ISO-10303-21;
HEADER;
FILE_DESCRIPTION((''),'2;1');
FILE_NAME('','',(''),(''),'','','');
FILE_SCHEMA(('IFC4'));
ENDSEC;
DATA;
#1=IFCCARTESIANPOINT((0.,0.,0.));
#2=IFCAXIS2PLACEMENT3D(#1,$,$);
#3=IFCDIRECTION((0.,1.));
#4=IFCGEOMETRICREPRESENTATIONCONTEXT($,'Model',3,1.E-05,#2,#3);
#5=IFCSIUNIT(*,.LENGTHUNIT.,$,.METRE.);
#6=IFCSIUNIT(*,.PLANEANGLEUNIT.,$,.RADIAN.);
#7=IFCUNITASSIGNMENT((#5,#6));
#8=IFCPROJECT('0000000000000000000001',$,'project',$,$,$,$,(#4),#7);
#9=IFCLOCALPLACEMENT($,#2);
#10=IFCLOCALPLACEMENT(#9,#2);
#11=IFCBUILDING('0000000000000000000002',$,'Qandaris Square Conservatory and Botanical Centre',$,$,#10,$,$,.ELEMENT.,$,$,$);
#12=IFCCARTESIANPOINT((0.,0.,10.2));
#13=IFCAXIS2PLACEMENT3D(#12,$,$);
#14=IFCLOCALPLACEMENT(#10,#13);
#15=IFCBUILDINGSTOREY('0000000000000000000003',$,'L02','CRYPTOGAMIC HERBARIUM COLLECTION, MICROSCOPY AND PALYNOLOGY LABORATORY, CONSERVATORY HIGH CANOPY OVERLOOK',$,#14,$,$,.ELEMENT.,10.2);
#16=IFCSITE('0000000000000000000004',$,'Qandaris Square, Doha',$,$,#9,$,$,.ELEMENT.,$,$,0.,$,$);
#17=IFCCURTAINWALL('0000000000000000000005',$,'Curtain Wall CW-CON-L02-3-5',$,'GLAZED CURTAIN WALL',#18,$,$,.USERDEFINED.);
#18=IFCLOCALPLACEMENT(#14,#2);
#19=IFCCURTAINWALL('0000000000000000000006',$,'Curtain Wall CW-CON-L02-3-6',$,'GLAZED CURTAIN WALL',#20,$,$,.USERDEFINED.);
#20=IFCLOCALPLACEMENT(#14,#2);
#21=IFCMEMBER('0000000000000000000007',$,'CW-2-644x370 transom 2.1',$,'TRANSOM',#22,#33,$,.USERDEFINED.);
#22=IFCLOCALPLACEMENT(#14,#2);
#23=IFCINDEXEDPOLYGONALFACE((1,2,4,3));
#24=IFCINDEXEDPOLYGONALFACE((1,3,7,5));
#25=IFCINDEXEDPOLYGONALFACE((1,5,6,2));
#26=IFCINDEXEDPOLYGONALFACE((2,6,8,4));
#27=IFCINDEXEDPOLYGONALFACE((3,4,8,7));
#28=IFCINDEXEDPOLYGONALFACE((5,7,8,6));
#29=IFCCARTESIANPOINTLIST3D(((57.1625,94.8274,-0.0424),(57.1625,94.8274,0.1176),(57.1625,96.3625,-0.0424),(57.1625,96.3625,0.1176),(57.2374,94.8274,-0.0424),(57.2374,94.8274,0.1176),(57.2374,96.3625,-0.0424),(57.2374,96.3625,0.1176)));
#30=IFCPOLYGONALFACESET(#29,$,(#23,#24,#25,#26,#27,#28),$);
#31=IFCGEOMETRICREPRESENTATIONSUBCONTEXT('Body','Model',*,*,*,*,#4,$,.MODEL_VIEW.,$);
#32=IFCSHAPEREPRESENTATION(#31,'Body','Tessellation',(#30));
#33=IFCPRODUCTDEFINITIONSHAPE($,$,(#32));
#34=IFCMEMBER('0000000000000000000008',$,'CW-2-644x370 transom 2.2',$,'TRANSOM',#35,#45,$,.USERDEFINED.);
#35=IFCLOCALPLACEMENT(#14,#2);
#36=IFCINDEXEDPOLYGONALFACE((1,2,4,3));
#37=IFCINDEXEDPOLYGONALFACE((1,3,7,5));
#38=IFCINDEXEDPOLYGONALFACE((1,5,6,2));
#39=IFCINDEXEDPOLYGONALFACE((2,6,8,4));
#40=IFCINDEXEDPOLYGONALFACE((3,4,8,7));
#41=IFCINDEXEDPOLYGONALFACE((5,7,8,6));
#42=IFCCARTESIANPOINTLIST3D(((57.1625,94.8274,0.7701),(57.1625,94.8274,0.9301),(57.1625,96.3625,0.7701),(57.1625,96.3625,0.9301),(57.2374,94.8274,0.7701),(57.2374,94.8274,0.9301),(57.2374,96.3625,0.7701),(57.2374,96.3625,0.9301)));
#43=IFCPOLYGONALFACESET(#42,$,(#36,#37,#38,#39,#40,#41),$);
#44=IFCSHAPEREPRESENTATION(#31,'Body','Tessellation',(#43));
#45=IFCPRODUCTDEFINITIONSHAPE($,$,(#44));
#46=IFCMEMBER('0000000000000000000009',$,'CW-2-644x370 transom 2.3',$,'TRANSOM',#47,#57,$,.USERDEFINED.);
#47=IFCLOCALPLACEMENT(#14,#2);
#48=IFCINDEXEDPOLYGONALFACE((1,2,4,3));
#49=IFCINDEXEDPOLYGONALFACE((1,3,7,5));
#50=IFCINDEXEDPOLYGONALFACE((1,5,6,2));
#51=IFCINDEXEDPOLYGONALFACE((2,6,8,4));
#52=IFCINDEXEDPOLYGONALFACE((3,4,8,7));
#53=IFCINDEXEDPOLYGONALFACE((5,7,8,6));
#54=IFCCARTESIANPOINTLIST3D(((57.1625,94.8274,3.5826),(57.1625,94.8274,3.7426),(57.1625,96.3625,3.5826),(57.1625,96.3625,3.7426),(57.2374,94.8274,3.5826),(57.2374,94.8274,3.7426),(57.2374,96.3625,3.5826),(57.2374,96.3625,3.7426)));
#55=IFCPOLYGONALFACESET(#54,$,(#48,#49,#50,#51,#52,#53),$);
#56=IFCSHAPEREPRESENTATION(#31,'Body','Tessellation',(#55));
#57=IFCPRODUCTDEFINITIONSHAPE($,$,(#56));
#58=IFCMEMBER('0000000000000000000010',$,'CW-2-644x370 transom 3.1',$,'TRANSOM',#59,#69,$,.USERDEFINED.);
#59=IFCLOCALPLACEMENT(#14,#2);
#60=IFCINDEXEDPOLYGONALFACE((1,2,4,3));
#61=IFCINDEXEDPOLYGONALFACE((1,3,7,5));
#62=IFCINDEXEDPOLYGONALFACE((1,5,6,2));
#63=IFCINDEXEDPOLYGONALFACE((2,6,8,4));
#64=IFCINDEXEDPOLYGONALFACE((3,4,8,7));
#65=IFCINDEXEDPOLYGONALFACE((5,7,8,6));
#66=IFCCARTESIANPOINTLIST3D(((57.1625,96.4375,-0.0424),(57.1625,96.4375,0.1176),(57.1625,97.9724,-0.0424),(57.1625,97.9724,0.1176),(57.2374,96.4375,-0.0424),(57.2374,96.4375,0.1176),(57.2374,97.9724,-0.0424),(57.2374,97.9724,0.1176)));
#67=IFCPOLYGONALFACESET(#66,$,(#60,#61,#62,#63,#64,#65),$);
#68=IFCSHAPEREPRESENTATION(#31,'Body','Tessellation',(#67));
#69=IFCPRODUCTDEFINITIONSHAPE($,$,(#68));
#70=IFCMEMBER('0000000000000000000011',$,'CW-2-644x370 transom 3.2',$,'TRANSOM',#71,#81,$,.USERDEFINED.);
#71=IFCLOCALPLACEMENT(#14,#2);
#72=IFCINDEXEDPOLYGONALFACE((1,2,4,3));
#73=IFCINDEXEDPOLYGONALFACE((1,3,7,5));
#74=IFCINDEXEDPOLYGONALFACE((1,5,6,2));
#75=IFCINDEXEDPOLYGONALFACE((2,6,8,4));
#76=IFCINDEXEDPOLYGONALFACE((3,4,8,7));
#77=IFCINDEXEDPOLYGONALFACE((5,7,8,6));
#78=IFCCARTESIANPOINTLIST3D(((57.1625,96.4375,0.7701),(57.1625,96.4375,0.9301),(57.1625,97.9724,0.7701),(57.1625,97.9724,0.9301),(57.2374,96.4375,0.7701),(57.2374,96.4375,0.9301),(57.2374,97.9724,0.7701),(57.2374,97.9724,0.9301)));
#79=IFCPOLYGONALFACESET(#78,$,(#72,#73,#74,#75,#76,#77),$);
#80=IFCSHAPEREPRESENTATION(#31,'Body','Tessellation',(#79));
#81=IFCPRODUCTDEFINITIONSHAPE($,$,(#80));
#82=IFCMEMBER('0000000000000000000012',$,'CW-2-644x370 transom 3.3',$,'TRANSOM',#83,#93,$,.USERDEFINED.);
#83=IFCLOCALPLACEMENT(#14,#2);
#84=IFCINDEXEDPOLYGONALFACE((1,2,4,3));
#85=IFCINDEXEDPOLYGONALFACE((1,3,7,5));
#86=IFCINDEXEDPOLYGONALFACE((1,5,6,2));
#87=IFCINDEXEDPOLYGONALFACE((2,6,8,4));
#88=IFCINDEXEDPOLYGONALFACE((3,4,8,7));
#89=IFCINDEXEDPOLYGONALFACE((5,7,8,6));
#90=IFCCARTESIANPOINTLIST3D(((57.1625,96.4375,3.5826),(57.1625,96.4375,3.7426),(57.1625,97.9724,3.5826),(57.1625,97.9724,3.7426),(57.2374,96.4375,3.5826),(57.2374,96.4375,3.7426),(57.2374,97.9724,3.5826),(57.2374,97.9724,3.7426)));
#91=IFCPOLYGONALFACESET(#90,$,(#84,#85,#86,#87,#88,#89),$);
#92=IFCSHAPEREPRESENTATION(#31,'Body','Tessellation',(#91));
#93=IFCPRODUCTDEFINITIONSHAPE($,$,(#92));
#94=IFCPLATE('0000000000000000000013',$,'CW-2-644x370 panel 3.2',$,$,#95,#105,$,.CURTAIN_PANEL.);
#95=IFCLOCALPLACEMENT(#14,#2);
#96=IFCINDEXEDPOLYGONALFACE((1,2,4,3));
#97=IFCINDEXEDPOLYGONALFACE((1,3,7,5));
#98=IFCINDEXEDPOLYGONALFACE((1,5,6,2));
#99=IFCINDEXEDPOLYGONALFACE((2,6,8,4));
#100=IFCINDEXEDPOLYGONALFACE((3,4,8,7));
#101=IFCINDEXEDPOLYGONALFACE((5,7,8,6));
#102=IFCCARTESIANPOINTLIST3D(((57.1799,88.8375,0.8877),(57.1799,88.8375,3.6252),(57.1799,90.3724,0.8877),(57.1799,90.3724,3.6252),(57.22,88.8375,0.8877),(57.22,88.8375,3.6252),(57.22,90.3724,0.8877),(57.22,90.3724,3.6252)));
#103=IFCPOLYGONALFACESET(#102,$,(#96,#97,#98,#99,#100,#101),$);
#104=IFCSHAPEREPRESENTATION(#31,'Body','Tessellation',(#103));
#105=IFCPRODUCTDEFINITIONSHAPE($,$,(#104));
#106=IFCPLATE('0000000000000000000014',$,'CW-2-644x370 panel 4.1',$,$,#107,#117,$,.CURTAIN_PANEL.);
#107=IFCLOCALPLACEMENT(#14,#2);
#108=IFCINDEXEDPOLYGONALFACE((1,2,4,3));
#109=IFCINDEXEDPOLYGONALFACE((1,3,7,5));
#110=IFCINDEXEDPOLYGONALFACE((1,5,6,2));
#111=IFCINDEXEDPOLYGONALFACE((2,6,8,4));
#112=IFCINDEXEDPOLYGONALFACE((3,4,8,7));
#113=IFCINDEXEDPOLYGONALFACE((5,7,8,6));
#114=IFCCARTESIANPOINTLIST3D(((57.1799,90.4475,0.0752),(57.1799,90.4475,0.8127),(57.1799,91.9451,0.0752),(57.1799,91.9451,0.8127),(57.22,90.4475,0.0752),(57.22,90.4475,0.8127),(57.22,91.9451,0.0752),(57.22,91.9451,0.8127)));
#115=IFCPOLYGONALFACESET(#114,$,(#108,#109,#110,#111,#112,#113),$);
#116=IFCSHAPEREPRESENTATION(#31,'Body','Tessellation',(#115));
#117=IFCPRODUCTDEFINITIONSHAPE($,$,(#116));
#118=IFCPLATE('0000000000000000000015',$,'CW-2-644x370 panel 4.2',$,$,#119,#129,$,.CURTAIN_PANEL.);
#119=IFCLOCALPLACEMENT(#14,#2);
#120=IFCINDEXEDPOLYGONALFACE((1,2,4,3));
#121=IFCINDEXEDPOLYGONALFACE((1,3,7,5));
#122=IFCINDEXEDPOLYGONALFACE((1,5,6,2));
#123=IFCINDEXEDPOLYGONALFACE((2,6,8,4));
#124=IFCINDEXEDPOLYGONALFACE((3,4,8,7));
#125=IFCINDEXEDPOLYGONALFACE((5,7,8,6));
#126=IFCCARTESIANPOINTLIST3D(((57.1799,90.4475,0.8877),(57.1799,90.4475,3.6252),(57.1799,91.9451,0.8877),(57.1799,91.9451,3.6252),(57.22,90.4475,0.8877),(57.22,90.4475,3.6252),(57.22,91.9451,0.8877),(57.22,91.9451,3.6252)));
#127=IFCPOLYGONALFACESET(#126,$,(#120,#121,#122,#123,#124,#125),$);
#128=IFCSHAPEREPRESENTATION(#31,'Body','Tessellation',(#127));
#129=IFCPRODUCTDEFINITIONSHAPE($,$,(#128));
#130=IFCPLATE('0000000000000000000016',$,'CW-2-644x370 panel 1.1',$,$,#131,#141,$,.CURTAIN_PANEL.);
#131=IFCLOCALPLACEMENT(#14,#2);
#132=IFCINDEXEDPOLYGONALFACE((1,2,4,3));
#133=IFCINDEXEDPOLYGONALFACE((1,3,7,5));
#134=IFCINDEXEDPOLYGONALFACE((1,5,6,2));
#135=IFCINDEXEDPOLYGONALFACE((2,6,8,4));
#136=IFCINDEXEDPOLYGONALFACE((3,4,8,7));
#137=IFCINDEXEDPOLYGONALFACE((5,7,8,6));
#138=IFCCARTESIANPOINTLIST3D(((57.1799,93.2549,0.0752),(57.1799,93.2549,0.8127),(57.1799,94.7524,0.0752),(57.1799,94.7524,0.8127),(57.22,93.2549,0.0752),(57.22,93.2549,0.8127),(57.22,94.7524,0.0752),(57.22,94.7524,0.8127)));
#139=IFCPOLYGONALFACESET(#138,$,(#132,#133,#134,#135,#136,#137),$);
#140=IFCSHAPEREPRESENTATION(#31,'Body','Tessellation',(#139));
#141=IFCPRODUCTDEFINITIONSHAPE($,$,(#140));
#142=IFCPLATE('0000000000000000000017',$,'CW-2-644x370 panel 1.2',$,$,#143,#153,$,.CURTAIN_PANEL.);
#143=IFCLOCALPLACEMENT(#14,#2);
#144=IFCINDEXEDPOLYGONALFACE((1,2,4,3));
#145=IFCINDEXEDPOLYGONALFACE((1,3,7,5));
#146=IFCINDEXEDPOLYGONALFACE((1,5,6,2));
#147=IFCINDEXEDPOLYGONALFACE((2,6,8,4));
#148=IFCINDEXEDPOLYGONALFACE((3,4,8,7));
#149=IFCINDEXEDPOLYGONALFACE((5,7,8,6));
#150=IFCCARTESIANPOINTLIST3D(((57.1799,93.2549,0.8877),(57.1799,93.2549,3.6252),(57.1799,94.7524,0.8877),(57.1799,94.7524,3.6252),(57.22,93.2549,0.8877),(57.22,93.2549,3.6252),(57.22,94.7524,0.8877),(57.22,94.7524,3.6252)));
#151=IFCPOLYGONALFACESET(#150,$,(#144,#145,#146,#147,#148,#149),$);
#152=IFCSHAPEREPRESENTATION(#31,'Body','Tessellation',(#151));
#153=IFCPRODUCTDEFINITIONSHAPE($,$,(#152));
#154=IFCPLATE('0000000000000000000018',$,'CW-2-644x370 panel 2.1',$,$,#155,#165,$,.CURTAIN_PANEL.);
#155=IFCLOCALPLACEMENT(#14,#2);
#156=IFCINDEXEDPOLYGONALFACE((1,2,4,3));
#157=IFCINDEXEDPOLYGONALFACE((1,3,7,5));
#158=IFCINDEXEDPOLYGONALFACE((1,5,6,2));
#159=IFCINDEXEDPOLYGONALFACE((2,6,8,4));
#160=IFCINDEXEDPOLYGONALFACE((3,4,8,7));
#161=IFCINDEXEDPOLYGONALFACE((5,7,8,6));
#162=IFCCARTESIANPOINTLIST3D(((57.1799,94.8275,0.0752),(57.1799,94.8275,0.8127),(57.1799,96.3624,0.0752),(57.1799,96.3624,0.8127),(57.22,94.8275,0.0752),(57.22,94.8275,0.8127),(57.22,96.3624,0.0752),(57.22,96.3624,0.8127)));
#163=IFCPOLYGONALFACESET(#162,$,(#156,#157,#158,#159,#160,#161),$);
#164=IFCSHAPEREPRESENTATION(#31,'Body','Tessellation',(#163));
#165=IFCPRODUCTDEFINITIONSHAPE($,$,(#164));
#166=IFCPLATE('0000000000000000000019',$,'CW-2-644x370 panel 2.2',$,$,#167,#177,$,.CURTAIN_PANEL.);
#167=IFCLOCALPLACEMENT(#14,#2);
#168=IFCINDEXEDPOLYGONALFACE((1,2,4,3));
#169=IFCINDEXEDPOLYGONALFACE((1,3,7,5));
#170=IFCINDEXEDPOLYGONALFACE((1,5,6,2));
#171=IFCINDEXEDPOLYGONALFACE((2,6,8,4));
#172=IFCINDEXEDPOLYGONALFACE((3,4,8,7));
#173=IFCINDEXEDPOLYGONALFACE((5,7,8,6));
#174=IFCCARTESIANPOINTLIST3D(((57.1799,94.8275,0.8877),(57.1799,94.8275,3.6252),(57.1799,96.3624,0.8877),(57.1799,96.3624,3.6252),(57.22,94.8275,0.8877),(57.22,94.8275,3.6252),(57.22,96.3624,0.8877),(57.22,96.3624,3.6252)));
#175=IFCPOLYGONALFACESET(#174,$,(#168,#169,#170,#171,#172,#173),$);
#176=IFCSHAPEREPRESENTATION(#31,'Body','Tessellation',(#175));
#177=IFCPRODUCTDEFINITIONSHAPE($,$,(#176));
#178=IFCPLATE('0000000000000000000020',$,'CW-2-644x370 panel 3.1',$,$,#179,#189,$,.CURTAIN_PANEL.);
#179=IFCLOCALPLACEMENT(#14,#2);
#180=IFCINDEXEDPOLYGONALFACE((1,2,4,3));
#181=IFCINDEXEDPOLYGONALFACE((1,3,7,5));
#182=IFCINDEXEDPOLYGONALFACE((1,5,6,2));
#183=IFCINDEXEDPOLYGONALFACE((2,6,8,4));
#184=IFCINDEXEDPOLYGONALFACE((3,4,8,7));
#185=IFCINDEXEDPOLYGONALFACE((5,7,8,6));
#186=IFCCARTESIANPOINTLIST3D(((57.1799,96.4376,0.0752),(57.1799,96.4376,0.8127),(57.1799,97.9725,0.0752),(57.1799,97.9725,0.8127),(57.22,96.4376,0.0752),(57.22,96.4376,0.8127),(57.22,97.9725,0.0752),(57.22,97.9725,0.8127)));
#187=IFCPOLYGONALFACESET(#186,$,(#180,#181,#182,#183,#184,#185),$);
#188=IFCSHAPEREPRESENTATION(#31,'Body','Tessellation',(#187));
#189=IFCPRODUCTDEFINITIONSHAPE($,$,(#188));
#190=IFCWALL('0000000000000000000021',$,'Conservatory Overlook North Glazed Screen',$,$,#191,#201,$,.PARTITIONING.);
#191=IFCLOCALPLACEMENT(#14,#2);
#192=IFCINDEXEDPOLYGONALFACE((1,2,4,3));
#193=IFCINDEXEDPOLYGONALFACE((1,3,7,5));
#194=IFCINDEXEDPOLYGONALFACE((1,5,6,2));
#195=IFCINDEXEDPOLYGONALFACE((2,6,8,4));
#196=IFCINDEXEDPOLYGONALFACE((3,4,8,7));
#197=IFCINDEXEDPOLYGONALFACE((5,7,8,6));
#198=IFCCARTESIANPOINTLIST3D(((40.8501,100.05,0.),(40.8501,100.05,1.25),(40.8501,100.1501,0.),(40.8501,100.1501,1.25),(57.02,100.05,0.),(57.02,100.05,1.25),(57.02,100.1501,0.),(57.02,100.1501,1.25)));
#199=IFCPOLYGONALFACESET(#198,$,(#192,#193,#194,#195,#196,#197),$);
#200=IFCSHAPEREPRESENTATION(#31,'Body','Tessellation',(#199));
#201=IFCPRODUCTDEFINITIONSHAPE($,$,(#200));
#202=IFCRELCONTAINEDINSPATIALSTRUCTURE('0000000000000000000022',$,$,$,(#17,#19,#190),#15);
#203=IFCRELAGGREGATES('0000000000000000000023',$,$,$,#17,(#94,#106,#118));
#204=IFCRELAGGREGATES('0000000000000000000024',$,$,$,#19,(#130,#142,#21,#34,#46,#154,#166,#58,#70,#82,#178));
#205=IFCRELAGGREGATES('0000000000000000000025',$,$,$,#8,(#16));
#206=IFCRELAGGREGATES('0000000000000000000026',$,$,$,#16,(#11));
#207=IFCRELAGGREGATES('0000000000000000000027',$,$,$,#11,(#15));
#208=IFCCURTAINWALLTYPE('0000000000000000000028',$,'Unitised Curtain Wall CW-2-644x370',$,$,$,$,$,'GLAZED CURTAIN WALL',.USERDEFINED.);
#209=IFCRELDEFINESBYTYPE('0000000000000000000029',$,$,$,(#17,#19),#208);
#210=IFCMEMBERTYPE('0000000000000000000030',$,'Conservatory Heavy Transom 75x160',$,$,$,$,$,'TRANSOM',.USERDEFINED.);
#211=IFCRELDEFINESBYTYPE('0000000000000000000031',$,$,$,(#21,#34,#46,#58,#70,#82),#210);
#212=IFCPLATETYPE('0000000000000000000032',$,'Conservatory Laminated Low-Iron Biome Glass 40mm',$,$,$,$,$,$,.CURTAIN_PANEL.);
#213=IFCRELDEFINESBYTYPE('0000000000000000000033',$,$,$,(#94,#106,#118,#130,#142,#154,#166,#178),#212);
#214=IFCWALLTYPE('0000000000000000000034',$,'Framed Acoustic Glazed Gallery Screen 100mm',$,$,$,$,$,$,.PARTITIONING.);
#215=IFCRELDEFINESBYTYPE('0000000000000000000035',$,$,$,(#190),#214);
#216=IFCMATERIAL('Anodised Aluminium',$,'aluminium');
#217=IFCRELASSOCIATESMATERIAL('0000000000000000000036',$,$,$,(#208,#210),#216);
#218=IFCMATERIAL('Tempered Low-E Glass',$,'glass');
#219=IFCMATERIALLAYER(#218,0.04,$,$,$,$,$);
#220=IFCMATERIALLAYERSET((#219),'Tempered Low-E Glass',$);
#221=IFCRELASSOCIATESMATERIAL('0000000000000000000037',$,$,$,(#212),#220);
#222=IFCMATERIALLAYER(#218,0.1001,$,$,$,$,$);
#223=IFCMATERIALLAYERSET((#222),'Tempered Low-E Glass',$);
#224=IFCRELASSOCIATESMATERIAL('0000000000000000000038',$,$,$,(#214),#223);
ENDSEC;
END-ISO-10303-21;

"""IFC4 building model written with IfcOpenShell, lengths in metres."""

from ifc_helpers import new_model, si_unit, direction, frame, frame_2d, origin, origin_2d, place, context, subcontext, project, spatial, rectangle, extrude, material, layer, layer_set, material_profile, profile_set, type_object, element, aggregate, save


model = new_model("IFC4")

# Units and contexts
model_context = context("Model", 3, precision=1e-05, world=origin(), true_north=direction((0.0, 1.0)))
body_context = subcontext(model_context, "Body", "Model", "MODEL_VIEW")
ifc_project = project(units=[si_unit("LENGTHUNIT", "METRE"), si_unit("PLANEANGLEUNIT", "RADIAN")], contexts=[model_context])

# Site, building, storey
site_placement = place(None, origin())
site = spatial("IfcSite", under=ifc_project, at=site_placement, Name="Qandaris Square, Doha", CompositionType="ELEMENT", RefElevation=0.0)
building_placement = place(site_placement, origin())
building = spatial("IfcBuilding", under=site, at=building_placement, Name="Qandaris Square Conservatory and Botanical Centre", CompositionType="ELEMENT")
storey_placement = place(building_placement, frame((0.0, 0.0, 10.2)))
storey = spatial("IfcBuildingStorey", under=building, at=storey_placement, Name="L02", Description="CRYPTOGAMIC HERBARIUM COLLECTION, MICROSCOPY AND PALYNOLOGY LABORATORY, CONSERVATORY HIGH CANOPY OVERLOOK", CompositionType="ELEMENT", Elevation=10.2)

# Curtain walls
ifc_material_1 = material(Name="Anodised Aluminium", Category="aluminium")
curtain_wall_type = type_object("IfcCurtainWallType", Name="Unitised Curtain Wall CW-2-644x370", ElementType="GLAZED CURTAIN WALL", PredefinedType="USERDEFINED", material=ifc_material_1)
curtain_wall_1_placement = place(storey_placement, origin())
curtain_wall_1 = element("IfcCurtainWall", 1, at=curtain_wall_1_placement, inside=storey, type_object=curtain_wall_type, Name="Curtain Wall CW-CON-L02-3-5", ObjectType="GLAZED CURTAIN WALL", PredefinedType="USERDEFINED")
curtain_wall_2_placement = place(storey_placement, origin())
curtain_wall_2 = element("IfcCurtainWall", 2, at=curtain_wall_2_placement, inside=storey, type_object=curtain_wall_type, Name="Curtain Wall CW-CON-L02-3-6", ObjectType="GLAZED CURTAIN WALL", PredefinedType="USERDEFINED")

# Members
ifc_material_profile_1 = material_profile(ifc_material_1, rectangle(XDim=0.075, YDim=0.1599, at=origin_2d()), Name="ALU-TRN 75x160")
ifc_profile_set_1 = profile_set([ifc_material_profile_1], Name="Anodised Aluminium")
member_type_1 = type_object("IfcMemberType", Name="Conservatory Heavy Transom 75x160", ElementType="TRANSOM", PredefinedType="USERDEFINED", material=ifc_profile_set_1)
member_1_placement = place(storey_placement, frame((57.2, 94.8274, 0.0376), z_axis=(0.0, 1.0, 0.0), x_axis=(-1.0, 0.0, 0.0)))
member_1 = element("IfcMember", 3, at=member_1_placement, type_object=member_type_1, Name="CW-2-644x370 transom 2.1", ObjectType="TRANSOM", PredefinedType="USERDEFINED", context=body_context, shape_type="SweptSolid", body=[
    extrude(rectangle(XDim=0.075, YDim=0.1599, at=origin_2d()), origin(), (0.0, 0.0, 1.0), 1.5352),
])
member_2_placement = place(storey_placement, frame((57.2, 94.8274, 0.8501), z_axis=(0.0, 1.0, 0.0), x_axis=(-1.0, 0.0, 0.0)))
member_2 = element("IfcMember", 4, at=member_2_placement, type_object=member_type_1, Name="CW-2-644x370 transom 2.2", ObjectType="TRANSOM", PredefinedType="USERDEFINED", context=body_context, shape_type="SweptSolid", body=[
    extrude(rectangle(XDim=0.075, YDim=0.1599, at=origin_2d()), origin(), (0.0, 0.0, 1.0), 1.5352),
])
member_3_placement = place(storey_placement, frame((57.2, 94.8274, 3.6626), z_axis=(0.0, 1.0, 0.0), x_axis=(-1.0, 0.0, 0.0)))
member_3 = element("IfcMember", 5, at=member_3_placement, type_object=member_type_1, Name="CW-2-644x370 transom 2.3", ObjectType="TRANSOM", PredefinedType="USERDEFINED", context=body_context, shape_type="SweptSolid", body=[
    extrude(rectangle(XDim=0.075, YDim=0.1599, at=origin_2d()), origin(), (0.0, 0.0, 1.0), 1.5352),
])
member_4_placement = place(storey_placement, frame((57.2, 96.4375, 0.0376), z_axis=(0.0, 1.0, 0.0), x_axis=(-1.0, 0.0, 0.0)))
member_4 = element("IfcMember", 6, at=member_4_placement, type_object=member_type_1, Name="CW-2-644x370 transom 3.1", ObjectType="TRANSOM", PredefinedType="USERDEFINED", context=body_context, shape_type="SweptSolid", body=[
    extrude(rectangle(XDim=0.075, YDim=0.1599, at=origin_2d()), origin(), (0.0, 0.0, 1.0), 1.5349),
])
member_5_placement = place(storey_placement, frame((57.2, 96.4375, 0.8501), z_axis=(0.0, 1.0, 0.0), x_axis=(-1.0, 0.0, 0.0)))
member_5 = element("IfcMember", 7, at=member_5_placement, type_object=member_type_1, Name="CW-2-644x370 transom 3.2", ObjectType="TRANSOM", PredefinedType="USERDEFINED", context=body_context, shape_type="SweptSolid", body=[
    extrude(rectangle(XDim=0.075, YDim=0.1599, at=origin_2d()), origin(), (0.0, 0.0, 1.0), 1.5349),
])
member_6_placement = place(storey_placement, frame((57.2, 96.4375, 3.6626), z_axis=(0.0, 1.0, 0.0), x_axis=(-1.0, 0.0, 0.0)))
member_6 = element("IfcMember", 8, at=member_6_placement, type_object=member_type_1, Name="CW-2-644x370 transom 3.3", ObjectType="TRANSOM", PredefinedType="USERDEFINED", context=body_context, shape_type="SweptSolid", body=[
    extrude(rectangle(XDim=0.075, YDim=0.1599, at=origin_2d()), origin(), (0.0, 0.0, 1.0), 1.5349),
])

# Plates
ifc_material_2 = material(Name="Tempered Low-E Glass", Category="glass")
ifc_layer_1 = layer(ifc_material_2, 0.04)
ifc_layer_set_1 = layer_set([ifc_layer_1], Name="Tempered Low-E Glass")
plate_type = type_object("IfcPlateType", Name="Conservatory Laminated Low-Iron Biome Glass 40mm", PredefinedType="CURTAIN_PANEL", material=ifc_layer_set_1)
plate_1_placement = place(storey_placement, frame((57.2, 89.605, 0.8877), z_axis=(0.0, 0.0, 1.0), x_axis=(0.0, 1.0, 0.0)))
plate_1 = element("IfcPlate", 9, at=plate_1_placement, type_object=plate_type, Name="CW-2-644x370 panel 3.2", PredefinedType="CURTAIN_PANEL", context=body_context, shape_type="SweptSolid", body=[
    extrude(rectangle(XDim=1.5349, YDim=0.04, at=origin_2d()), origin(), (0.0, 0.0, 1.0), 2.7375),
])
plate_2_placement = place(storey_placement, frame((57.2, 91.1963, 0.0752), z_axis=(0.0, 0.0, 1.0), x_axis=(0.0, 1.0, 0.0)))
plate_2 = element("IfcPlate", 10, at=plate_2_placement, type_object=plate_type, Name="CW-2-644x370 panel 4.1", PredefinedType="CURTAIN_PANEL", context=body_context, shape_type="SweptSolid", body=[
    extrude(rectangle(XDim=1.4976, YDim=0.04, at=origin_2d()), origin(), (0.0, 0.0, 1.0), 0.7375),
])
plate_3_placement = place(storey_placement, frame((57.2, 91.1963, 0.8877), z_axis=(0.0, 0.0, 1.0), x_axis=(0.0, 1.0, 0.0)))
plate_3 = element("IfcPlate", 11, at=plate_3_placement, type_object=plate_type, Name="CW-2-644x370 panel 4.2", PredefinedType="CURTAIN_PANEL", context=body_context, shape_type="SweptSolid", body=[
    extrude(rectangle(XDim=1.4976, YDim=0.04, at=origin_2d()), origin(), (0.0, 0.0, 1.0), 2.7375),
])
aggregate(curtain_wall_1, [plate_1, plate_2, plate_3])
plate_4_placement = place(storey_placement, frame((57.2, 94.0037, 0.0752), z_axis=(0.0, 0.0, 1.0), x_axis=(0.0, 1.0, 0.0)))
plate_4 = element("IfcPlate", 12, at=plate_4_placement, type_object=plate_type, Name="CW-2-644x370 panel 1.1", PredefinedType="CURTAIN_PANEL", context=body_context, shape_type="SweptSolid", body=[
    extrude(rectangle(XDim=1.4976, YDim=0.04, at=origin_2d()), origin(), (0.0, 0.0, 1.0), 0.7375),
])
plate_5_placement = place(storey_placement, frame((57.2, 94.0037, 0.8877), z_axis=(0.0, 0.0, 1.0), x_axis=(0.0, 1.0, 0.0)))
plate_5 = element("IfcPlate", 13, at=plate_5_placement, type_object=plate_type, Name="CW-2-644x370 panel 1.2", PredefinedType="CURTAIN_PANEL", context=body_context, shape_type="SweptSolid", body=[
    extrude(rectangle(XDim=1.4976, YDim=0.04, at=origin_2d()), origin(), (0.0, 0.0, 1.0), 2.7375),
])
plate_6_placement = place(storey_placement, frame((57.2, 95.595, 0.0752), z_axis=(0.0, 0.0, 1.0), x_axis=(0.0, 1.0, 0.0)))
plate_6 = element("IfcPlate", 14, at=plate_6_placement, type_object=plate_type, Name="CW-2-644x370 panel 2.1", PredefinedType="CURTAIN_PANEL", context=body_context, shape_type="SweptSolid", body=[
    extrude(rectangle(XDim=1.5349, YDim=0.04, at=origin_2d()), origin(), (0.0, 0.0, 1.0), 0.7375),
])
plate_7_placement = place(storey_placement, frame((57.2, 95.595, 0.8877), z_axis=(0.0, 0.0, 1.0), x_axis=(0.0, 1.0, 0.0)))
plate_7 = element("IfcPlate", 15, at=plate_7_placement, type_object=plate_type, Name="CW-2-644x370 panel 2.2", PredefinedType="CURTAIN_PANEL", context=body_context, shape_type="SweptSolid", body=[
    extrude(rectangle(XDim=1.5349, YDim=0.04, at=origin_2d()), origin(), (0.0, 0.0, 1.0), 2.7375),
])
plate_8_placement = place(storey_placement, frame((57.2, 97.2051, 0.0752), z_axis=(0.0, 0.0, 1.0), x_axis=(0.0, 1.0, 0.0)))
plate_8 = element("IfcPlate", 16, at=plate_8_placement, type_object=plate_type, Name="CW-2-644x370 panel 3.1", PredefinedType="CURTAIN_PANEL", context=body_context, shape_type="SweptSolid", body=[
    extrude(rectangle(XDim=1.5349, YDim=0.04, at=origin_2d()), origin(), (0.0, 0.0, 1.0), 0.7375),
])
aggregate(curtain_wall_2, [plate_4, plate_5, member_1, member_2, member_3, plate_6, plate_7, member_4, member_5, member_6, plate_8])

# Wall
ifc_layer_2 = layer(ifc_material_2, 0.1001)
ifc_layer_set_2 = layer_set([ifc_layer_2], Name="Tempered Low-E Glass")
wall_type = type_object("IfcWallType", Name="Framed Acoustic Glazed Gallery Screen 100mm", PredefinedType="PARTITIONING", material=ifc_layer_set_2)
wall_placement = place(storey_placement, frame((40.8501, 100.1001, 0.0), z_axis=(0.0, 0.0, 1.0), x_axis=(1.0, 0.0, 0.0)))
element("IfcWall", 17, at=wall_placement, inside=storey, type_object=wall_type, Name="Conservatory Overlook North Glazed Screen", PredefinedType="PARTITIONING", context=body_context, shape_type="SweptSolid", body=[
    extrude(rectangle(XDim=16.1699, YDim=0.1001, at=frame_2d((8.085, 0.0))), origin(), (0.0, 0.0, 1.0), 1.25),
])

save(model, "model.ifc")
